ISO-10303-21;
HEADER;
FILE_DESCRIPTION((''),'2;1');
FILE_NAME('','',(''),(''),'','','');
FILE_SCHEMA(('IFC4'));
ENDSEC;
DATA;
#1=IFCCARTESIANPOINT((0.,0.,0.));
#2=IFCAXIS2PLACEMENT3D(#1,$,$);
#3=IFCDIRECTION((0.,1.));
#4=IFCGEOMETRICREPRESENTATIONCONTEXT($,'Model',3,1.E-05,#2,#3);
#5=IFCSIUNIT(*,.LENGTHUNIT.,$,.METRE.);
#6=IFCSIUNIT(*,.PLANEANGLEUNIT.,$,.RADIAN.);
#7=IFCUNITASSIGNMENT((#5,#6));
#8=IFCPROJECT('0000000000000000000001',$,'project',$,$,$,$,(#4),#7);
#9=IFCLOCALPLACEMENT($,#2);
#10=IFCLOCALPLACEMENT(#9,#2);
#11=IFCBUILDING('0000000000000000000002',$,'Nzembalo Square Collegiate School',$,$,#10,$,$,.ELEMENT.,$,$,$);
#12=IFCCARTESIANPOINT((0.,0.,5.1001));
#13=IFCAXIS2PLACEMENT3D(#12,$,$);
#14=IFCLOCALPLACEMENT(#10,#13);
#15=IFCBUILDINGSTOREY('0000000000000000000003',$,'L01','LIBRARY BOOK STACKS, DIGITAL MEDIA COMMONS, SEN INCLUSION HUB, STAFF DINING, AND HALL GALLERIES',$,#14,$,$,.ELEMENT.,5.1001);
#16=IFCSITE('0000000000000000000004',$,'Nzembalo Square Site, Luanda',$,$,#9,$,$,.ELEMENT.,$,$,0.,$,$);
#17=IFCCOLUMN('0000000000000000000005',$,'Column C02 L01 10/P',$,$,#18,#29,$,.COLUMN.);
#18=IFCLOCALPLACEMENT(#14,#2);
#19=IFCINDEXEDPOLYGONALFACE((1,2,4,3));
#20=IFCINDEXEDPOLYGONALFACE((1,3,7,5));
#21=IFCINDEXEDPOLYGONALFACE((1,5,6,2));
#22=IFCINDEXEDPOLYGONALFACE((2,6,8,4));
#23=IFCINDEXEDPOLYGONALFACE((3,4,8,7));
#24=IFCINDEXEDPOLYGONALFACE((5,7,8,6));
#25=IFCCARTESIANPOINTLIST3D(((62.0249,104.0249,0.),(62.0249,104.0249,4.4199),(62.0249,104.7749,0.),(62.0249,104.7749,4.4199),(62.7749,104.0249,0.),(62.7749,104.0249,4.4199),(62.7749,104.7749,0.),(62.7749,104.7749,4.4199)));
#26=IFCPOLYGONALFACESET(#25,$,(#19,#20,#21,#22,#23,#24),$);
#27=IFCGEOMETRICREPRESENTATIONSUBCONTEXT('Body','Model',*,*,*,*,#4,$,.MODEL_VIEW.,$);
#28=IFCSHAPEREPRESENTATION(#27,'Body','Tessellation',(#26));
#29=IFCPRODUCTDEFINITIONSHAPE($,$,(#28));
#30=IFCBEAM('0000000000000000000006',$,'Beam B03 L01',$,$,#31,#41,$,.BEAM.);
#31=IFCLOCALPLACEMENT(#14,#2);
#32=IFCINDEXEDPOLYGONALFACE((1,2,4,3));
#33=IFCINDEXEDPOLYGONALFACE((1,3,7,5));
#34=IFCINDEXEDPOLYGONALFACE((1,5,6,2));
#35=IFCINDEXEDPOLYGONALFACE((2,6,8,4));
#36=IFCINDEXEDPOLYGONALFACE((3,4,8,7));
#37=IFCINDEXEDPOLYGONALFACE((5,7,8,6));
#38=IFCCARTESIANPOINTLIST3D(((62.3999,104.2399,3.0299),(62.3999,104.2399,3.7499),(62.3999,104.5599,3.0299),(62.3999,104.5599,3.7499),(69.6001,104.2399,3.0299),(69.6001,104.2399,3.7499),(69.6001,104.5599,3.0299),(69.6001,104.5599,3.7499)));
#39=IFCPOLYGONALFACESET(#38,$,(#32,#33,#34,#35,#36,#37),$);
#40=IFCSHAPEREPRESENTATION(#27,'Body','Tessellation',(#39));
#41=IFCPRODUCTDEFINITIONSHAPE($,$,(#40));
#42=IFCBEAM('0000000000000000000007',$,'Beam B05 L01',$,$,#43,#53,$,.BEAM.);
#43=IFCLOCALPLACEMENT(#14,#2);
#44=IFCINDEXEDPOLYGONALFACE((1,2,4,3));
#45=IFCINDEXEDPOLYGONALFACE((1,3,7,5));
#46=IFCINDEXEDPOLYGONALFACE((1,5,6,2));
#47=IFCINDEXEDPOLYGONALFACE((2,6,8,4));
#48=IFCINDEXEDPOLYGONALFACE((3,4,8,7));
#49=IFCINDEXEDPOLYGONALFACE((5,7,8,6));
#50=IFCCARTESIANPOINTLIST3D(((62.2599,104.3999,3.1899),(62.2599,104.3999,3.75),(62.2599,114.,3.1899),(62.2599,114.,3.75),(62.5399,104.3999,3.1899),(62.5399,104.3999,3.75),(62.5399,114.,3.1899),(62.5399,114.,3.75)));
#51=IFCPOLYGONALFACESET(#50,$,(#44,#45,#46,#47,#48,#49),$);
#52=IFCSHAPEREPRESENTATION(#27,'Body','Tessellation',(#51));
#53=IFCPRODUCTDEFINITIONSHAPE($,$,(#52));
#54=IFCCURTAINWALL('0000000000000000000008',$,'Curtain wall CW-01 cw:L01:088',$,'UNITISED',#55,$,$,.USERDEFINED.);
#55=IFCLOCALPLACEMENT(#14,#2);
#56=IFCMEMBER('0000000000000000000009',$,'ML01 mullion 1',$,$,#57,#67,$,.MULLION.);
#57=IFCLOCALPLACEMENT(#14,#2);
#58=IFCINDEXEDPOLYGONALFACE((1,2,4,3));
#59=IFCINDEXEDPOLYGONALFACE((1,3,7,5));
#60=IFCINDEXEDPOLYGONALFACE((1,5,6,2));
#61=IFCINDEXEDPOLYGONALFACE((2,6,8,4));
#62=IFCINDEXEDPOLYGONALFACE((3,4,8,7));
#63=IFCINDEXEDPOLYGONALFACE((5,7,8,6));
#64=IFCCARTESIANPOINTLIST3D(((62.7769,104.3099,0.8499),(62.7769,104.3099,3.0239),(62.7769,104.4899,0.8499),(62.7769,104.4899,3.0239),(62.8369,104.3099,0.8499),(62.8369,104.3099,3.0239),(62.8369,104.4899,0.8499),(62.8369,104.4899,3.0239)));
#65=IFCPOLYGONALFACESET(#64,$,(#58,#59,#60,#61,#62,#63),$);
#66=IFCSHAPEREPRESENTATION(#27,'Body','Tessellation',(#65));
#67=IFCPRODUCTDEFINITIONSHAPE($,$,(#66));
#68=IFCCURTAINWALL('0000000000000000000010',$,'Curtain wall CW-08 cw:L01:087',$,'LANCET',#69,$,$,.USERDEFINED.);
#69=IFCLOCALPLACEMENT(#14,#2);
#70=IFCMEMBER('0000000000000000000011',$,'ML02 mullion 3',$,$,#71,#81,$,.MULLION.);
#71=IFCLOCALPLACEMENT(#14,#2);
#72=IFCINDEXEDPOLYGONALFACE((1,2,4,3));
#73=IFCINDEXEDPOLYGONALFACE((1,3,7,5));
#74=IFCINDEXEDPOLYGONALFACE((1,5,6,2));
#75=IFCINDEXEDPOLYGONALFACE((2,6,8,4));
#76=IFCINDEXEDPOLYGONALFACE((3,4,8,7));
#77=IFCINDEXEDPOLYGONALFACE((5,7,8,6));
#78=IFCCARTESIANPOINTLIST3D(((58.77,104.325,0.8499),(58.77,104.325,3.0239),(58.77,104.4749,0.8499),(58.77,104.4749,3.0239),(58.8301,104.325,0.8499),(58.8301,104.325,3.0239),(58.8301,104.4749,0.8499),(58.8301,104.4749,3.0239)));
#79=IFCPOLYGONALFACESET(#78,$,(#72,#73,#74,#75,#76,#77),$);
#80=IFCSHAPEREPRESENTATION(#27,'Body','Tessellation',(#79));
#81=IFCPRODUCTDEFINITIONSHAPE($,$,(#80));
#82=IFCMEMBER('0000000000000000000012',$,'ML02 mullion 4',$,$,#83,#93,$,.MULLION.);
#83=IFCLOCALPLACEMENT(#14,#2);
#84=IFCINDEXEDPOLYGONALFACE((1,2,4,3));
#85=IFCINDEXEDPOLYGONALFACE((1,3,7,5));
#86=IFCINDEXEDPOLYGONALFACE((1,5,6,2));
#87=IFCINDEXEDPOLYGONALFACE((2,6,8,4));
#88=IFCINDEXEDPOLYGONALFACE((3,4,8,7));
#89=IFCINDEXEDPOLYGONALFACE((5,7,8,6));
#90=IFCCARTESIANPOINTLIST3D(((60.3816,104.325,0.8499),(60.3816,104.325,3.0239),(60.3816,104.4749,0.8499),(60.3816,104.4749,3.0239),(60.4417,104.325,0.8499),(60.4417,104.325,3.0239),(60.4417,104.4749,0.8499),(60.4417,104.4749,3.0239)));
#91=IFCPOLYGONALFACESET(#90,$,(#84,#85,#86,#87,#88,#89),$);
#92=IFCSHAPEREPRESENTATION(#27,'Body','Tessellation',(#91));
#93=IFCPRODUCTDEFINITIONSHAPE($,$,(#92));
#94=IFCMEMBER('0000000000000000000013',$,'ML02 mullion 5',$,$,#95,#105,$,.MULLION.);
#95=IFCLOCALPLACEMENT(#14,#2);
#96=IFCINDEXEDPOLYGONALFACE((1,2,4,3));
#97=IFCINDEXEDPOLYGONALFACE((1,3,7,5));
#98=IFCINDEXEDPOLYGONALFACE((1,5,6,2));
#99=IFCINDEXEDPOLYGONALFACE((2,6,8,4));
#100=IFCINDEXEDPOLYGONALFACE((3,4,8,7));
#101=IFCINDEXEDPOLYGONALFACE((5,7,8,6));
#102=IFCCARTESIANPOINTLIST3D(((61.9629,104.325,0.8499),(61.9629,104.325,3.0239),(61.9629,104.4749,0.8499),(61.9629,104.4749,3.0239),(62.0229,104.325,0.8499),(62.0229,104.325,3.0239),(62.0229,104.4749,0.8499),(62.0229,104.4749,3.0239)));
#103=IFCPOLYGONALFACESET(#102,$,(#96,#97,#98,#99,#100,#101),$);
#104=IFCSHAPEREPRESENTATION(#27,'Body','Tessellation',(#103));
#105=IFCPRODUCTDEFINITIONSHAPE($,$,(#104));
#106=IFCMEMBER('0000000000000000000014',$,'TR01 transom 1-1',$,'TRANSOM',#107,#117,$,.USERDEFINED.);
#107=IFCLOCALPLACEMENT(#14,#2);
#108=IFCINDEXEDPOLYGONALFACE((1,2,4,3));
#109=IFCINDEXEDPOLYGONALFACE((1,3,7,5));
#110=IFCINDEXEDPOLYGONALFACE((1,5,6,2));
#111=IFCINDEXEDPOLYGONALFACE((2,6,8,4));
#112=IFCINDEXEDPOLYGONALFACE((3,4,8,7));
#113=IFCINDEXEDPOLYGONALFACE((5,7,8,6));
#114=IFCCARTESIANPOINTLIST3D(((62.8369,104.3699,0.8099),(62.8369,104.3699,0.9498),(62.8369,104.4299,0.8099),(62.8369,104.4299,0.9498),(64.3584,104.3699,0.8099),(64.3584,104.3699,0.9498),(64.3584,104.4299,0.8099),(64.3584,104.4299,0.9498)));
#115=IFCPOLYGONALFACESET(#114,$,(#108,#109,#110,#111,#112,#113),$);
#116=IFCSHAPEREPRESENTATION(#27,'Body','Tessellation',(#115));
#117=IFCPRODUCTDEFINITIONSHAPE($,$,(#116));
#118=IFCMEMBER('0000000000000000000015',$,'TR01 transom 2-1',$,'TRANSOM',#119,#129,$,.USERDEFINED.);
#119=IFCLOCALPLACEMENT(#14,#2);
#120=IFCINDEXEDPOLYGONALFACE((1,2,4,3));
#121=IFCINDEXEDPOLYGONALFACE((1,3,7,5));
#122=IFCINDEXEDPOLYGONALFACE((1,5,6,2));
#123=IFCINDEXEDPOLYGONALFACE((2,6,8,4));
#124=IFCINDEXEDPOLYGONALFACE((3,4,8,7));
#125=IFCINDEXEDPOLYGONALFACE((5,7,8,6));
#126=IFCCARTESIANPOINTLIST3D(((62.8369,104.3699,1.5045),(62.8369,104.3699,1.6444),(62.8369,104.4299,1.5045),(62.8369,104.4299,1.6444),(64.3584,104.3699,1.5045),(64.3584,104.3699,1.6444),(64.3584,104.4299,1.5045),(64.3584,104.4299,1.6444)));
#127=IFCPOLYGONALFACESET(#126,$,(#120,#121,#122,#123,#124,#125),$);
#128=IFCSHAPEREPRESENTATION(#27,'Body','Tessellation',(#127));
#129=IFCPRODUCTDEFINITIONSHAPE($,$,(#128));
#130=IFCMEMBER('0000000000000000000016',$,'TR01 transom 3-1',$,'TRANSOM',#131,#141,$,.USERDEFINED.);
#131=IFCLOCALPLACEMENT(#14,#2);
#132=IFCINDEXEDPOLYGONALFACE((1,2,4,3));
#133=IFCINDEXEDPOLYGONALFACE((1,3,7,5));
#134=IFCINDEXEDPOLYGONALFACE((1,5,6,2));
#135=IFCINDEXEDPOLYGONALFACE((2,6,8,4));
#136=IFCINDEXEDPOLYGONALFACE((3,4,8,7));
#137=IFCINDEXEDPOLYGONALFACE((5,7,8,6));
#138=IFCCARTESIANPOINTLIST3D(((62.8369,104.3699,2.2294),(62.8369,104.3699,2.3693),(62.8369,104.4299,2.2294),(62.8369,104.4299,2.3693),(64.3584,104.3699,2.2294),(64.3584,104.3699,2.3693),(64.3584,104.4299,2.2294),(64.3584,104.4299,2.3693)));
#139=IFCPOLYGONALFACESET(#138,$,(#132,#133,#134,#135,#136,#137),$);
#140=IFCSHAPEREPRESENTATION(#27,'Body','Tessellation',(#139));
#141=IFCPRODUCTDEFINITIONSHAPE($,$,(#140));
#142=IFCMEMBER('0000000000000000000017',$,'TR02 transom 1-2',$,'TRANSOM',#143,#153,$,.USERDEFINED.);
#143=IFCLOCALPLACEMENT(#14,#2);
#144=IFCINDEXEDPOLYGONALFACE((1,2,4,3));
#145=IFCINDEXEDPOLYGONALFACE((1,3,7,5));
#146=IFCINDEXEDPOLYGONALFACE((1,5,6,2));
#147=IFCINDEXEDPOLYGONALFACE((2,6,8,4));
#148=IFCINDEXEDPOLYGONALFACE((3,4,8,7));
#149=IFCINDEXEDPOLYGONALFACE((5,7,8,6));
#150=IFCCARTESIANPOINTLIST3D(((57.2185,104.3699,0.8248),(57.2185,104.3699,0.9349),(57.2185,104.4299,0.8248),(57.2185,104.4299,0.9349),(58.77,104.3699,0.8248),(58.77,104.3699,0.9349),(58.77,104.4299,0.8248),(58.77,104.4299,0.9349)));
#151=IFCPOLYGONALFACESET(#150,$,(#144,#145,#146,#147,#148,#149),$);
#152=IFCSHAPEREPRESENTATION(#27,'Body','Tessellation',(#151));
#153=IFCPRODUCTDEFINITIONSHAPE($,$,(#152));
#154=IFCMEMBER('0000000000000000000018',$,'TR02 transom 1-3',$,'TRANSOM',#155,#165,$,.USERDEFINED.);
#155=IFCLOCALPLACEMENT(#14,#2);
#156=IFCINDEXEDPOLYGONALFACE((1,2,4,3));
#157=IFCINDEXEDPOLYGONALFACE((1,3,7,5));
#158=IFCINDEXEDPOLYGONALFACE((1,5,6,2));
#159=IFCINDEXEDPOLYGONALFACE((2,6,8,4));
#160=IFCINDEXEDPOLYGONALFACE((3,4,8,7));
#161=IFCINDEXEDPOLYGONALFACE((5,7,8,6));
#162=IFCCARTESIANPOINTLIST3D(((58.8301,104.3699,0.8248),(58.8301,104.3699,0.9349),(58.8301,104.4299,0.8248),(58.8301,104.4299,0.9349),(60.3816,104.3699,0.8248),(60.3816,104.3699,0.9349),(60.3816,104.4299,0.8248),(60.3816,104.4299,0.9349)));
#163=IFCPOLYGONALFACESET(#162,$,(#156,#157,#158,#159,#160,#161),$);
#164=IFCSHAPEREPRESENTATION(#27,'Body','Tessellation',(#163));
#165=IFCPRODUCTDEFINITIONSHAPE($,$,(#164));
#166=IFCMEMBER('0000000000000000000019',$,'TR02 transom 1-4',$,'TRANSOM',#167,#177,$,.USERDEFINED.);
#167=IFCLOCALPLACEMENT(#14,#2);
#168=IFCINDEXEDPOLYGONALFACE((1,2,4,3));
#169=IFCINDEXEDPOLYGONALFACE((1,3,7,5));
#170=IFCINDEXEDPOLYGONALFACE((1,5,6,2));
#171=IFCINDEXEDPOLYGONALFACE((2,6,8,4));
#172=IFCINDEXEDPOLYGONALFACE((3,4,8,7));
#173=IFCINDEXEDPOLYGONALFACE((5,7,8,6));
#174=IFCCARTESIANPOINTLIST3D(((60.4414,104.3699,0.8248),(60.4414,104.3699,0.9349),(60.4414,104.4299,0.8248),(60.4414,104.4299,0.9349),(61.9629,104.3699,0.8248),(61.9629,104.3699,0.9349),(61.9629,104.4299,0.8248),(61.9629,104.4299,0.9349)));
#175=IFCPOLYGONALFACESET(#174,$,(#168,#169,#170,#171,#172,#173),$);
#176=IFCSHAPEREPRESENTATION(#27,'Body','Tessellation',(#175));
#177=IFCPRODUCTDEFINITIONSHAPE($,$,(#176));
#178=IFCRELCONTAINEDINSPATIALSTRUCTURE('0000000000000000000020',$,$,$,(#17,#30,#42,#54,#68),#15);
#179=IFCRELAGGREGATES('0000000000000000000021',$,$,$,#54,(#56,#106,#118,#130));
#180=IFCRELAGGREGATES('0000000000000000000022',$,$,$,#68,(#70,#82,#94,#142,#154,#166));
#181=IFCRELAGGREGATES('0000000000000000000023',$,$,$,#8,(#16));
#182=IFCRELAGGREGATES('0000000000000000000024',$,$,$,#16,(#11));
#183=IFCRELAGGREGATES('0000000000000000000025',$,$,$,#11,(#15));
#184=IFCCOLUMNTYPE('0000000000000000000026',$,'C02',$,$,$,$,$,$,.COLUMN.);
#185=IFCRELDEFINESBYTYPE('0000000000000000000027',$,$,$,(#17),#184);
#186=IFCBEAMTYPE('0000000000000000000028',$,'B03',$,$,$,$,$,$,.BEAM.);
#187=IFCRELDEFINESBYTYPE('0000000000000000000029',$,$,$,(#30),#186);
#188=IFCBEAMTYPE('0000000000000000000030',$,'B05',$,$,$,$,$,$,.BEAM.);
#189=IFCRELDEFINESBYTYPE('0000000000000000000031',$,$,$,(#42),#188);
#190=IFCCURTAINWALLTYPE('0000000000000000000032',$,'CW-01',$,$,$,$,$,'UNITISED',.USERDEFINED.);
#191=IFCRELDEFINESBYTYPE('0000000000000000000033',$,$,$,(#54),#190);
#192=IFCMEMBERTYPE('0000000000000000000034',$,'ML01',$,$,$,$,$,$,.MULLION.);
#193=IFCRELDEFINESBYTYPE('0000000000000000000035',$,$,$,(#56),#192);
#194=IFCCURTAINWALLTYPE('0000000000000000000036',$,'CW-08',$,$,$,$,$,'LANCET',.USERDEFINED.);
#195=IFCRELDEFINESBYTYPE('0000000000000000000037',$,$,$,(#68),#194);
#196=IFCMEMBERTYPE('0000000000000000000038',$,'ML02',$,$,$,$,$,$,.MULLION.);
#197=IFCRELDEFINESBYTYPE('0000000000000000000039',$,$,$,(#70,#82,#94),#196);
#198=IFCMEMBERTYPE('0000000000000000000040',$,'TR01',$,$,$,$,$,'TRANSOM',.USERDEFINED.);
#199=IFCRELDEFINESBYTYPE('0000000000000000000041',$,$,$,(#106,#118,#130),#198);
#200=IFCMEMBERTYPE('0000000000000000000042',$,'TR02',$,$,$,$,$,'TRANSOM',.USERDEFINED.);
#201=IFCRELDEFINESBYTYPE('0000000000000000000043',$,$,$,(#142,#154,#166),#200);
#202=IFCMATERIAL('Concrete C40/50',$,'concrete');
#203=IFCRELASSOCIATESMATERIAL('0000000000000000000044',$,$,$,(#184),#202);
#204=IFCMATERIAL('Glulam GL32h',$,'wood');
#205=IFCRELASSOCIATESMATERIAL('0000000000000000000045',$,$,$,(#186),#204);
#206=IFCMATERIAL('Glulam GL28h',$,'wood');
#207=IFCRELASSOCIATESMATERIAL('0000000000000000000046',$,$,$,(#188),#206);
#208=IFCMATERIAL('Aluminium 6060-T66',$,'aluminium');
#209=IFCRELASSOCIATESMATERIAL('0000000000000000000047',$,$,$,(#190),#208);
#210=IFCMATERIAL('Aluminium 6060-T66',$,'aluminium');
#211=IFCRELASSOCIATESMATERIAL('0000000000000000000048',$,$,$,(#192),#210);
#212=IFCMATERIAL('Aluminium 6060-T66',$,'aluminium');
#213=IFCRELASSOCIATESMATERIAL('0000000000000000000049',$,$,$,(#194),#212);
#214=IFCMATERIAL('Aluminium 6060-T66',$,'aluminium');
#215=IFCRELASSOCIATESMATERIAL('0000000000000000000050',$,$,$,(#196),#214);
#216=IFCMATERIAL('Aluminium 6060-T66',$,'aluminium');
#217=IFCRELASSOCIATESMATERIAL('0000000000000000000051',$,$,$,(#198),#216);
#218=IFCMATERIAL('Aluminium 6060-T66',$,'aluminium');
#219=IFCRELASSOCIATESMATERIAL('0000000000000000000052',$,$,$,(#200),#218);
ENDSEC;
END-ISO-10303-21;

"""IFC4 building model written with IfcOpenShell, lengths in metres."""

from ifc_helpers import new_model, si_unit, direction, frame, origin, origin_2d, place, context, subcontext, project, spatial, rectangle, extrude, material, material_profile, profile_set, type_object, element, aggregate, save


model = new_model("IFC4")

# Units and contexts
model_context = context("Model", 3, precision=1e-05, world=origin(), true_north=direction((0.0, 1.0)))
body_context = subcontext(model_context, "Body", "Model", "MODEL_VIEW")
ifc_project = project(units=[si_unit("LENGTHUNIT", "METRE"), si_unit("PLANEANGLEUNIT", "RADIAN")], contexts=[model_context])

# Site, building, storey
site_placement = place(None, origin())
site = spatial("IfcSite", under=ifc_project, at=site_placement, Name="Nzembalo Square Site, Luanda", CompositionType="ELEMENT", RefElevation=0.0)
building_placement = place(site_placement, origin())
building = spatial("IfcBuilding", under=site, at=building_placement, Name="Nzembalo Square Collegiate School", CompositionType="ELEMENT")
storey_placement = place(building_placement, frame((0.0, 0.0, 5.1001)))
storey = spatial("IfcBuildingStorey", under=building, at=storey_placement, Name="L01", Description="LIBRARY BOOK STACKS, DIGITAL MEDIA COMMONS, SEN INCLUSION HUB, STAFF DINING, AND HALL GALLERIES", CompositionType="ELEMENT", Elevation=5.1001)

# Column
ifc_material_1 = material(Name="Concrete C40/50", Category="concrete")
ifc_material_profile_1 = material_profile(ifc_material_1, rectangle(XDim=0.75, YDim=0.75, at=origin_2d()), Name="RC 750x750")
ifc_profile_set_1 = profile_set([ifc_material_profile_1], Name="Concrete C40/50")
column_type = type_object("IfcColumnType", Name="C02", PredefinedType="COLUMN", material=ifc_profile_set_1)
column_placement = place(storey_placement, frame((62.3999, 104.3999, 0.0), z_axis=(0.0, 0.0, 1.0), x_axis=(1.0, 0.0, 0.0)))
element("IfcColumn", 1, at=column_placement, inside=storey, type_object=column_type, Name="Column C02 L01 10/P", PredefinedType="COLUMN", context=body_context, shape_type="SweptSolid", body=[
    extrude(rectangle(XDim=0.75, YDim=0.75, at=origin_2d()), origin(), (0.0, 0.0, 1.0), 4.4199),
])

# Beams
ifc_material_2 = material(Name="Glulam GL32h", Category="wood")
ifc_material_profile_2 = material_profile(ifc_material_2, rectangle(XDim=0.3201, YDim=0.72, at=origin_2d()), Name="GL32h 320x720")
ifc_profile_set_2 = profile_set([ifc_material_profile_2], Name="Glulam GL32h")
beam_type_1 = type_object("IfcBeamType", Name="B03", PredefinedType="BEAM", material=ifc_profile_set_2)
beam_1_placement = place(storey_placement, frame((62.3999, 104.3999, 3.3899), z_axis=(1.0, 0.0, 0.0), x_axis=(0.0, 1.0, 0.0)))
element("IfcBeam", 2, at=beam_1_placement, inside=storey, type_object=beam_type_1, Name="Beam B03 L01", PredefinedType="BEAM", context=body_context, shape_type="SweptSolid", body=[
    extrude(rectangle(XDim=0.3201, YDim=0.72, at=origin_2d()), origin(), (0.0, 0.0, 1.0), 7.2002),
])
ifc_material_3 = material(Name="Glulam GL28h", Category="wood")
ifc_material_profile_3 = material_profile(ifc_material_3, rectangle(XDim=0.28, YDim=0.5601, at=origin_2d()), Name="GL28h 280x560")
ifc_profile_set_3 = profile_set([ifc_material_profile_3], Name="Glulam GL28h")
beam_type_2 = type_object("IfcBeamType", Name="B05", PredefinedType="BEAM", material=ifc_profile_set_3)
beam_2_placement = place(storey_placement, frame((62.3999, 104.3999, 3.47), z_axis=(0.0, 1.0, 0.0), x_axis=(-1.0, 0.0, 0.0)))
element("IfcBeam", 3, at=beam_2_placement, inside=storey, type_object=beam_type_2, Name="Beam B05 L01", PredefinedType="BEAM", context=body_context, shape_type="SweptSolid", body=[
    extrude(rectangle(XDim=0.28, YDim=0.5601, at=origin_2d()), origin(), (0.0, 0.0, 1.0), 9.6001),
])

# Curtain wall, member
ifc_material_4 = material(Name="Aluminium 6060-T66", Category="aluminium")
curtain_wall_type_1 = type_object("IfcCurtainWallType", Name="CW-01", ElementType="UNITISED", PredefinedType="USERDEFINED", material=ifc_material_4)
curtain_wall_1_placement = place(storey_placement, origin())
curtain_wall_1 = element("IfcCurtainWall", 4, at=curtain_wall_1_placement, inside=storey, type_object=curtain_wall_type_1, Name="Curtain wall CW-01 cw:L01:088", ObjectType="UNITISED", PredefinedType="USERDEFINED")
ifc_material_5 = material(Name="Aluminium 6060-T66", Category="aluminium")
ifc_material_profile_4 = material_profile(ifc_material_5, rectangle(XDim=0.0601, YDim=0.1799, at=origin_2d()), Name="ALU M60x180")
ifc_profile_set_4 = profile_set([ifc_material_profile_4], Name="Aluminium 6060-T66")
member_type_1 = type_object("IfcMemberType", Name="ML01", PredefinedType="MULLION", material=ifc_profile_set_4)
member_1_placement = place(storey_placement, frame((62.8069, 104.3999, 0.8499), z_axis=(0.0, 0.0, 1.0), x_axis=(1.0, 0.0, 0.0)))
member_1 = element("IfcMember", 5, at=member_1_placement, type_object=member_type_1, Name="ML01 mullion 1", PredefinedType="MULLION", context=body_context, shape_type="SweptSolid", body=[
    extrude(rectangle(XDim=0.0601, YDim=0.1799, at=origin_2d()), origin(), (0.0, 0.0, 1.0), 2.1741),
])

# Curtain wall, members
ifc_material_6 = material(Name="Aluminium 6060-T66", Category="aluminium")
curtain_wall_type_2 = type_object("IfcCurtainWallType", Name="CW-08", ElementType="LANCET", PredefinedType="USERDEFINED", material=ifc_material_6)
curtain_wall_2_placement = place(storey_placement, origin())
curtain_wall_2 = element("IfcCurtainWall", 6, at=curtain_wall_2_placement, inside=storey, type_object=curtain_wall_type_2, Name="Curtain wall CW-08 cw:L01:087", ObjectType="LANCET", PredefinedType="USERDEFINED")
ifc_material_7 = material(Name="Aluminium 6060-T66", Category="aluminium")
ifc_material_profile_5 = material_profile(ifc_material_7, rectangle(XDim=0.0601, YDim=0.1499, at=origin_2d()), Name="ALU M60x150")
ifc_profile_set_5 = profile_set([ifc_material_profile_5], Name="Aluminium 6060-T66")
member_type_2 = type_object("IfcMemberType", Name="ML02", PredefinedType="MULLION", material=ifc_profile_set_5)
member_2_placement = place(storey_placement, frame((58.8, 104.3999, 0.8499), z_axis=(0.0, 0.0, 1.0), x_axis=(1.0, 0.0, 0.0)))
member_2 = element("IfcMember", 7, at=member_2_placement, type_object=member_type_2, Name="ML02 mullion 3", PredefinedType="MULLION", context=body_context, shape_type="SweptSolid", body=[
    extrude(rectangle(XDim=0.0601, YDim=0.1499, at=origin_2d()), origin(), (0.0, 0.0, 1.0), 2.1741),
])
member_3_placement = place(storey_placement, frame((60.4116, 104.3999, 0.8499), z_axis=(0.0, 0.0, 1.0), x_axis=(1.0, 0.0, 0.0)))
member_3 = element("IfcMember", 8, at=member_3_placement, type_object=member_type_2, Name="ML02 mullion 4", PredefinedType="MULLION", context=body_context, shape_type="SweptSolid", body=[
    extrude(rectangle(XDim=0.0601, YDim=0.1499, at=origin_2d()), origin(), (0.0, 0.0, 1.0), 2.1741),
])
member_4_placement = place(storey_placement, frame((61.9929, 104.3999, 0.8499), z_axis=(0.0, 0.0, 1.0), x_axis=(1.0, 0.0, 0.0)))
member_4 = element("IfcMember", 9, at=member_4_placement, type_object=member_type_2, Name="ML02 mullion 5", PredefinedType="MULLION", context=body_context, shape_type="SweptSolid", body=[
    extrude(rectangle(XDim=0.0601, YDim=0.1499, at=origin_2d()), origin(), (0.0, 0.0, 1.0), 2.1741),
])

# Members
ifc_material_8 = material(Name="Aluminium 6060-T66", Category="aluminium")
ifc_material_profile_6 = material_profile(ifc_material_8, rectangle(XDim=0.0601, YDim=0.1399, at=origin_2d()), Name="ALU T60x140")
ifc_profile_set_6 = profile_set([ifc_material_profile_6], Name="Aluminium 6060-T66")
member_type_3 = type_object("IfcMemberType", Name="TR01", ElementType="TRANSOM", PredefinedType="USERDEFINED", material=ifc_profile_set_6)
member_5_placement = place(storey_placement, frame((62.8369, 104.3999, 0.8799), z_axis=(1.0, 0.0, 0.0), x_axis=(0.0, 1.0, 0.0)))
member_5 = element("IfcMember", 10, at=member_5_placement, type_object=member_type_3, Name="TR01 transom 1-1", ObjectType="TRANSOM", PredefinedType="USERDEFINED", context=body_context, shape_type="SweptSolid", body=[
    extrude(rectangle(XDim=0.0601, YDim=0.1399, at=origin_2d()), origin(), (0.0, 0.0, 1.0), 1.5215),
])
member_6_placement = place(storey_placement, frame((62.8369, 104.3999, 1.5745), z_axis=(1.0, 0.0, 0.0), x_axis=(0.0, 1.0, 0.0)))
member_6 = element("IfcMember", 11, at=member_6_placement, type_object=member_type_3, Name="TR01 transom 2-1", ObjectType="TRANSOM", PredefinedType="USERDEFINED", context=body_context, shape_type="SweptSolid", body=[
    extrude(rectangle(XDim=0.0601, YDim=0.1399, at=origin_2d()), origin(), (0.0, 0.0, 1.0), 1.5215),
])
member_7_placement = place(storey_placement, frame((62.8369, 104.3999, 2.2993), z_axis=(1.0, 0.0, 0.0), x_axis=(0.0, 1.0, 0.0)))
member_7 = element("IfcMember", 12, at=member_7_placement, type_object=member_type_3, Name="TR01 transom 3-1", ObjectType="TRANSOM", PredefinedType="USERDEFINED", context=body_context, shape_type="SweptSolid", body=[
    extrude(rectangle(XDim=0.0601, YDim=0.1399, at=origin_2d()), origin(), (0.0, 0.0, 1.0), 1.5215),
])
aggregate(curtain_wall_1, [member_1, member_5, member_6, member_7])
ifc_material_9 = material(Name="Aluminium 6060-T66", Category="aluminium")
ifc_material_profile_7 = material_profile(ifc_material_9, rectangle(XDim=0.0601, YDim=0.1101, at=origin_2d()), Name="ALU T60x110")
ifc_profile_set_7 = profile_set([ifc_material_profile_7], Name="Aluminium 6060-T66")
member_type_4 = type_object("IfcMemberType", Name="TR02", ElementType="TRANSOM", PredefinedType="USERDEFINED", material=ifc_profile_set_7)
member_8_placement = place(storey_placement, frame((57.2185, 104.3999, 0.8799), z_axis=(1.0, 0.0, 0.0), x_axis=(0.0, 1.0, 0.0)))
member_8 = element("IfcMember", 13, at=member_8_placement, type_object=member_type_4, Name="TR02 transom 1-2", ObjectType="TRANSOM", PredefinedType="USERDEFINED", context=body_context, shape_type="SweptSolid", body=[
    extrude(rectangle(XDim=0.0601, YDim=0.1101, at=origin_2d()), origin(), (0.0, 0.0, 1.0), 1.5515),
])
member_9_placement = place(storey_placement, frame((58.8301, 104.3999, 0.8799), z_axis=(1.0, 0.0, 0.0), x_axis=(0.0, 1.0, 0.0)))
member_9 = element("IfcMember", 14, at=member_9_placement, type_object=member_type_4, Name="TR02 transom 1-3", ObjectType="TRANSOM", PredefinedType="USERDEFINED", context=body_context, shape_type="SweptSolid", body=[
    extrude(rectangle(XDim=0.0601, YDim=0.1101, at=origin_2d()), origin(), (0.0, 0.0, 1.0), 1.5515),
])
member_10_placement = place(storey_placement, frame((60.4414, 104.3999, 0.8799), z_axis=(1.0, 0.0, 0.0), x_axis=(0.0, 1.0, 0.0)))
member_10 = element("IfcMember", 15, at=member_10_placement, type_object=member_type_4, Name="TR02 transom 1-4", ObjectType="TRANSOM", PredefinedType="USERDEFINED", context=body_context, shape_type="SweptSolid", body=[
    extrude(rectangle(XDim=0.0601, YDim=0.1101, at=origin_2d()), origin(), (0.0, 0.0, 1.0), 1.5215),
])

aggregate(curtain_wall_2, [member_2, member_3, member_4, member_8, member_9, member_10])

save(model, "model.ifc")
